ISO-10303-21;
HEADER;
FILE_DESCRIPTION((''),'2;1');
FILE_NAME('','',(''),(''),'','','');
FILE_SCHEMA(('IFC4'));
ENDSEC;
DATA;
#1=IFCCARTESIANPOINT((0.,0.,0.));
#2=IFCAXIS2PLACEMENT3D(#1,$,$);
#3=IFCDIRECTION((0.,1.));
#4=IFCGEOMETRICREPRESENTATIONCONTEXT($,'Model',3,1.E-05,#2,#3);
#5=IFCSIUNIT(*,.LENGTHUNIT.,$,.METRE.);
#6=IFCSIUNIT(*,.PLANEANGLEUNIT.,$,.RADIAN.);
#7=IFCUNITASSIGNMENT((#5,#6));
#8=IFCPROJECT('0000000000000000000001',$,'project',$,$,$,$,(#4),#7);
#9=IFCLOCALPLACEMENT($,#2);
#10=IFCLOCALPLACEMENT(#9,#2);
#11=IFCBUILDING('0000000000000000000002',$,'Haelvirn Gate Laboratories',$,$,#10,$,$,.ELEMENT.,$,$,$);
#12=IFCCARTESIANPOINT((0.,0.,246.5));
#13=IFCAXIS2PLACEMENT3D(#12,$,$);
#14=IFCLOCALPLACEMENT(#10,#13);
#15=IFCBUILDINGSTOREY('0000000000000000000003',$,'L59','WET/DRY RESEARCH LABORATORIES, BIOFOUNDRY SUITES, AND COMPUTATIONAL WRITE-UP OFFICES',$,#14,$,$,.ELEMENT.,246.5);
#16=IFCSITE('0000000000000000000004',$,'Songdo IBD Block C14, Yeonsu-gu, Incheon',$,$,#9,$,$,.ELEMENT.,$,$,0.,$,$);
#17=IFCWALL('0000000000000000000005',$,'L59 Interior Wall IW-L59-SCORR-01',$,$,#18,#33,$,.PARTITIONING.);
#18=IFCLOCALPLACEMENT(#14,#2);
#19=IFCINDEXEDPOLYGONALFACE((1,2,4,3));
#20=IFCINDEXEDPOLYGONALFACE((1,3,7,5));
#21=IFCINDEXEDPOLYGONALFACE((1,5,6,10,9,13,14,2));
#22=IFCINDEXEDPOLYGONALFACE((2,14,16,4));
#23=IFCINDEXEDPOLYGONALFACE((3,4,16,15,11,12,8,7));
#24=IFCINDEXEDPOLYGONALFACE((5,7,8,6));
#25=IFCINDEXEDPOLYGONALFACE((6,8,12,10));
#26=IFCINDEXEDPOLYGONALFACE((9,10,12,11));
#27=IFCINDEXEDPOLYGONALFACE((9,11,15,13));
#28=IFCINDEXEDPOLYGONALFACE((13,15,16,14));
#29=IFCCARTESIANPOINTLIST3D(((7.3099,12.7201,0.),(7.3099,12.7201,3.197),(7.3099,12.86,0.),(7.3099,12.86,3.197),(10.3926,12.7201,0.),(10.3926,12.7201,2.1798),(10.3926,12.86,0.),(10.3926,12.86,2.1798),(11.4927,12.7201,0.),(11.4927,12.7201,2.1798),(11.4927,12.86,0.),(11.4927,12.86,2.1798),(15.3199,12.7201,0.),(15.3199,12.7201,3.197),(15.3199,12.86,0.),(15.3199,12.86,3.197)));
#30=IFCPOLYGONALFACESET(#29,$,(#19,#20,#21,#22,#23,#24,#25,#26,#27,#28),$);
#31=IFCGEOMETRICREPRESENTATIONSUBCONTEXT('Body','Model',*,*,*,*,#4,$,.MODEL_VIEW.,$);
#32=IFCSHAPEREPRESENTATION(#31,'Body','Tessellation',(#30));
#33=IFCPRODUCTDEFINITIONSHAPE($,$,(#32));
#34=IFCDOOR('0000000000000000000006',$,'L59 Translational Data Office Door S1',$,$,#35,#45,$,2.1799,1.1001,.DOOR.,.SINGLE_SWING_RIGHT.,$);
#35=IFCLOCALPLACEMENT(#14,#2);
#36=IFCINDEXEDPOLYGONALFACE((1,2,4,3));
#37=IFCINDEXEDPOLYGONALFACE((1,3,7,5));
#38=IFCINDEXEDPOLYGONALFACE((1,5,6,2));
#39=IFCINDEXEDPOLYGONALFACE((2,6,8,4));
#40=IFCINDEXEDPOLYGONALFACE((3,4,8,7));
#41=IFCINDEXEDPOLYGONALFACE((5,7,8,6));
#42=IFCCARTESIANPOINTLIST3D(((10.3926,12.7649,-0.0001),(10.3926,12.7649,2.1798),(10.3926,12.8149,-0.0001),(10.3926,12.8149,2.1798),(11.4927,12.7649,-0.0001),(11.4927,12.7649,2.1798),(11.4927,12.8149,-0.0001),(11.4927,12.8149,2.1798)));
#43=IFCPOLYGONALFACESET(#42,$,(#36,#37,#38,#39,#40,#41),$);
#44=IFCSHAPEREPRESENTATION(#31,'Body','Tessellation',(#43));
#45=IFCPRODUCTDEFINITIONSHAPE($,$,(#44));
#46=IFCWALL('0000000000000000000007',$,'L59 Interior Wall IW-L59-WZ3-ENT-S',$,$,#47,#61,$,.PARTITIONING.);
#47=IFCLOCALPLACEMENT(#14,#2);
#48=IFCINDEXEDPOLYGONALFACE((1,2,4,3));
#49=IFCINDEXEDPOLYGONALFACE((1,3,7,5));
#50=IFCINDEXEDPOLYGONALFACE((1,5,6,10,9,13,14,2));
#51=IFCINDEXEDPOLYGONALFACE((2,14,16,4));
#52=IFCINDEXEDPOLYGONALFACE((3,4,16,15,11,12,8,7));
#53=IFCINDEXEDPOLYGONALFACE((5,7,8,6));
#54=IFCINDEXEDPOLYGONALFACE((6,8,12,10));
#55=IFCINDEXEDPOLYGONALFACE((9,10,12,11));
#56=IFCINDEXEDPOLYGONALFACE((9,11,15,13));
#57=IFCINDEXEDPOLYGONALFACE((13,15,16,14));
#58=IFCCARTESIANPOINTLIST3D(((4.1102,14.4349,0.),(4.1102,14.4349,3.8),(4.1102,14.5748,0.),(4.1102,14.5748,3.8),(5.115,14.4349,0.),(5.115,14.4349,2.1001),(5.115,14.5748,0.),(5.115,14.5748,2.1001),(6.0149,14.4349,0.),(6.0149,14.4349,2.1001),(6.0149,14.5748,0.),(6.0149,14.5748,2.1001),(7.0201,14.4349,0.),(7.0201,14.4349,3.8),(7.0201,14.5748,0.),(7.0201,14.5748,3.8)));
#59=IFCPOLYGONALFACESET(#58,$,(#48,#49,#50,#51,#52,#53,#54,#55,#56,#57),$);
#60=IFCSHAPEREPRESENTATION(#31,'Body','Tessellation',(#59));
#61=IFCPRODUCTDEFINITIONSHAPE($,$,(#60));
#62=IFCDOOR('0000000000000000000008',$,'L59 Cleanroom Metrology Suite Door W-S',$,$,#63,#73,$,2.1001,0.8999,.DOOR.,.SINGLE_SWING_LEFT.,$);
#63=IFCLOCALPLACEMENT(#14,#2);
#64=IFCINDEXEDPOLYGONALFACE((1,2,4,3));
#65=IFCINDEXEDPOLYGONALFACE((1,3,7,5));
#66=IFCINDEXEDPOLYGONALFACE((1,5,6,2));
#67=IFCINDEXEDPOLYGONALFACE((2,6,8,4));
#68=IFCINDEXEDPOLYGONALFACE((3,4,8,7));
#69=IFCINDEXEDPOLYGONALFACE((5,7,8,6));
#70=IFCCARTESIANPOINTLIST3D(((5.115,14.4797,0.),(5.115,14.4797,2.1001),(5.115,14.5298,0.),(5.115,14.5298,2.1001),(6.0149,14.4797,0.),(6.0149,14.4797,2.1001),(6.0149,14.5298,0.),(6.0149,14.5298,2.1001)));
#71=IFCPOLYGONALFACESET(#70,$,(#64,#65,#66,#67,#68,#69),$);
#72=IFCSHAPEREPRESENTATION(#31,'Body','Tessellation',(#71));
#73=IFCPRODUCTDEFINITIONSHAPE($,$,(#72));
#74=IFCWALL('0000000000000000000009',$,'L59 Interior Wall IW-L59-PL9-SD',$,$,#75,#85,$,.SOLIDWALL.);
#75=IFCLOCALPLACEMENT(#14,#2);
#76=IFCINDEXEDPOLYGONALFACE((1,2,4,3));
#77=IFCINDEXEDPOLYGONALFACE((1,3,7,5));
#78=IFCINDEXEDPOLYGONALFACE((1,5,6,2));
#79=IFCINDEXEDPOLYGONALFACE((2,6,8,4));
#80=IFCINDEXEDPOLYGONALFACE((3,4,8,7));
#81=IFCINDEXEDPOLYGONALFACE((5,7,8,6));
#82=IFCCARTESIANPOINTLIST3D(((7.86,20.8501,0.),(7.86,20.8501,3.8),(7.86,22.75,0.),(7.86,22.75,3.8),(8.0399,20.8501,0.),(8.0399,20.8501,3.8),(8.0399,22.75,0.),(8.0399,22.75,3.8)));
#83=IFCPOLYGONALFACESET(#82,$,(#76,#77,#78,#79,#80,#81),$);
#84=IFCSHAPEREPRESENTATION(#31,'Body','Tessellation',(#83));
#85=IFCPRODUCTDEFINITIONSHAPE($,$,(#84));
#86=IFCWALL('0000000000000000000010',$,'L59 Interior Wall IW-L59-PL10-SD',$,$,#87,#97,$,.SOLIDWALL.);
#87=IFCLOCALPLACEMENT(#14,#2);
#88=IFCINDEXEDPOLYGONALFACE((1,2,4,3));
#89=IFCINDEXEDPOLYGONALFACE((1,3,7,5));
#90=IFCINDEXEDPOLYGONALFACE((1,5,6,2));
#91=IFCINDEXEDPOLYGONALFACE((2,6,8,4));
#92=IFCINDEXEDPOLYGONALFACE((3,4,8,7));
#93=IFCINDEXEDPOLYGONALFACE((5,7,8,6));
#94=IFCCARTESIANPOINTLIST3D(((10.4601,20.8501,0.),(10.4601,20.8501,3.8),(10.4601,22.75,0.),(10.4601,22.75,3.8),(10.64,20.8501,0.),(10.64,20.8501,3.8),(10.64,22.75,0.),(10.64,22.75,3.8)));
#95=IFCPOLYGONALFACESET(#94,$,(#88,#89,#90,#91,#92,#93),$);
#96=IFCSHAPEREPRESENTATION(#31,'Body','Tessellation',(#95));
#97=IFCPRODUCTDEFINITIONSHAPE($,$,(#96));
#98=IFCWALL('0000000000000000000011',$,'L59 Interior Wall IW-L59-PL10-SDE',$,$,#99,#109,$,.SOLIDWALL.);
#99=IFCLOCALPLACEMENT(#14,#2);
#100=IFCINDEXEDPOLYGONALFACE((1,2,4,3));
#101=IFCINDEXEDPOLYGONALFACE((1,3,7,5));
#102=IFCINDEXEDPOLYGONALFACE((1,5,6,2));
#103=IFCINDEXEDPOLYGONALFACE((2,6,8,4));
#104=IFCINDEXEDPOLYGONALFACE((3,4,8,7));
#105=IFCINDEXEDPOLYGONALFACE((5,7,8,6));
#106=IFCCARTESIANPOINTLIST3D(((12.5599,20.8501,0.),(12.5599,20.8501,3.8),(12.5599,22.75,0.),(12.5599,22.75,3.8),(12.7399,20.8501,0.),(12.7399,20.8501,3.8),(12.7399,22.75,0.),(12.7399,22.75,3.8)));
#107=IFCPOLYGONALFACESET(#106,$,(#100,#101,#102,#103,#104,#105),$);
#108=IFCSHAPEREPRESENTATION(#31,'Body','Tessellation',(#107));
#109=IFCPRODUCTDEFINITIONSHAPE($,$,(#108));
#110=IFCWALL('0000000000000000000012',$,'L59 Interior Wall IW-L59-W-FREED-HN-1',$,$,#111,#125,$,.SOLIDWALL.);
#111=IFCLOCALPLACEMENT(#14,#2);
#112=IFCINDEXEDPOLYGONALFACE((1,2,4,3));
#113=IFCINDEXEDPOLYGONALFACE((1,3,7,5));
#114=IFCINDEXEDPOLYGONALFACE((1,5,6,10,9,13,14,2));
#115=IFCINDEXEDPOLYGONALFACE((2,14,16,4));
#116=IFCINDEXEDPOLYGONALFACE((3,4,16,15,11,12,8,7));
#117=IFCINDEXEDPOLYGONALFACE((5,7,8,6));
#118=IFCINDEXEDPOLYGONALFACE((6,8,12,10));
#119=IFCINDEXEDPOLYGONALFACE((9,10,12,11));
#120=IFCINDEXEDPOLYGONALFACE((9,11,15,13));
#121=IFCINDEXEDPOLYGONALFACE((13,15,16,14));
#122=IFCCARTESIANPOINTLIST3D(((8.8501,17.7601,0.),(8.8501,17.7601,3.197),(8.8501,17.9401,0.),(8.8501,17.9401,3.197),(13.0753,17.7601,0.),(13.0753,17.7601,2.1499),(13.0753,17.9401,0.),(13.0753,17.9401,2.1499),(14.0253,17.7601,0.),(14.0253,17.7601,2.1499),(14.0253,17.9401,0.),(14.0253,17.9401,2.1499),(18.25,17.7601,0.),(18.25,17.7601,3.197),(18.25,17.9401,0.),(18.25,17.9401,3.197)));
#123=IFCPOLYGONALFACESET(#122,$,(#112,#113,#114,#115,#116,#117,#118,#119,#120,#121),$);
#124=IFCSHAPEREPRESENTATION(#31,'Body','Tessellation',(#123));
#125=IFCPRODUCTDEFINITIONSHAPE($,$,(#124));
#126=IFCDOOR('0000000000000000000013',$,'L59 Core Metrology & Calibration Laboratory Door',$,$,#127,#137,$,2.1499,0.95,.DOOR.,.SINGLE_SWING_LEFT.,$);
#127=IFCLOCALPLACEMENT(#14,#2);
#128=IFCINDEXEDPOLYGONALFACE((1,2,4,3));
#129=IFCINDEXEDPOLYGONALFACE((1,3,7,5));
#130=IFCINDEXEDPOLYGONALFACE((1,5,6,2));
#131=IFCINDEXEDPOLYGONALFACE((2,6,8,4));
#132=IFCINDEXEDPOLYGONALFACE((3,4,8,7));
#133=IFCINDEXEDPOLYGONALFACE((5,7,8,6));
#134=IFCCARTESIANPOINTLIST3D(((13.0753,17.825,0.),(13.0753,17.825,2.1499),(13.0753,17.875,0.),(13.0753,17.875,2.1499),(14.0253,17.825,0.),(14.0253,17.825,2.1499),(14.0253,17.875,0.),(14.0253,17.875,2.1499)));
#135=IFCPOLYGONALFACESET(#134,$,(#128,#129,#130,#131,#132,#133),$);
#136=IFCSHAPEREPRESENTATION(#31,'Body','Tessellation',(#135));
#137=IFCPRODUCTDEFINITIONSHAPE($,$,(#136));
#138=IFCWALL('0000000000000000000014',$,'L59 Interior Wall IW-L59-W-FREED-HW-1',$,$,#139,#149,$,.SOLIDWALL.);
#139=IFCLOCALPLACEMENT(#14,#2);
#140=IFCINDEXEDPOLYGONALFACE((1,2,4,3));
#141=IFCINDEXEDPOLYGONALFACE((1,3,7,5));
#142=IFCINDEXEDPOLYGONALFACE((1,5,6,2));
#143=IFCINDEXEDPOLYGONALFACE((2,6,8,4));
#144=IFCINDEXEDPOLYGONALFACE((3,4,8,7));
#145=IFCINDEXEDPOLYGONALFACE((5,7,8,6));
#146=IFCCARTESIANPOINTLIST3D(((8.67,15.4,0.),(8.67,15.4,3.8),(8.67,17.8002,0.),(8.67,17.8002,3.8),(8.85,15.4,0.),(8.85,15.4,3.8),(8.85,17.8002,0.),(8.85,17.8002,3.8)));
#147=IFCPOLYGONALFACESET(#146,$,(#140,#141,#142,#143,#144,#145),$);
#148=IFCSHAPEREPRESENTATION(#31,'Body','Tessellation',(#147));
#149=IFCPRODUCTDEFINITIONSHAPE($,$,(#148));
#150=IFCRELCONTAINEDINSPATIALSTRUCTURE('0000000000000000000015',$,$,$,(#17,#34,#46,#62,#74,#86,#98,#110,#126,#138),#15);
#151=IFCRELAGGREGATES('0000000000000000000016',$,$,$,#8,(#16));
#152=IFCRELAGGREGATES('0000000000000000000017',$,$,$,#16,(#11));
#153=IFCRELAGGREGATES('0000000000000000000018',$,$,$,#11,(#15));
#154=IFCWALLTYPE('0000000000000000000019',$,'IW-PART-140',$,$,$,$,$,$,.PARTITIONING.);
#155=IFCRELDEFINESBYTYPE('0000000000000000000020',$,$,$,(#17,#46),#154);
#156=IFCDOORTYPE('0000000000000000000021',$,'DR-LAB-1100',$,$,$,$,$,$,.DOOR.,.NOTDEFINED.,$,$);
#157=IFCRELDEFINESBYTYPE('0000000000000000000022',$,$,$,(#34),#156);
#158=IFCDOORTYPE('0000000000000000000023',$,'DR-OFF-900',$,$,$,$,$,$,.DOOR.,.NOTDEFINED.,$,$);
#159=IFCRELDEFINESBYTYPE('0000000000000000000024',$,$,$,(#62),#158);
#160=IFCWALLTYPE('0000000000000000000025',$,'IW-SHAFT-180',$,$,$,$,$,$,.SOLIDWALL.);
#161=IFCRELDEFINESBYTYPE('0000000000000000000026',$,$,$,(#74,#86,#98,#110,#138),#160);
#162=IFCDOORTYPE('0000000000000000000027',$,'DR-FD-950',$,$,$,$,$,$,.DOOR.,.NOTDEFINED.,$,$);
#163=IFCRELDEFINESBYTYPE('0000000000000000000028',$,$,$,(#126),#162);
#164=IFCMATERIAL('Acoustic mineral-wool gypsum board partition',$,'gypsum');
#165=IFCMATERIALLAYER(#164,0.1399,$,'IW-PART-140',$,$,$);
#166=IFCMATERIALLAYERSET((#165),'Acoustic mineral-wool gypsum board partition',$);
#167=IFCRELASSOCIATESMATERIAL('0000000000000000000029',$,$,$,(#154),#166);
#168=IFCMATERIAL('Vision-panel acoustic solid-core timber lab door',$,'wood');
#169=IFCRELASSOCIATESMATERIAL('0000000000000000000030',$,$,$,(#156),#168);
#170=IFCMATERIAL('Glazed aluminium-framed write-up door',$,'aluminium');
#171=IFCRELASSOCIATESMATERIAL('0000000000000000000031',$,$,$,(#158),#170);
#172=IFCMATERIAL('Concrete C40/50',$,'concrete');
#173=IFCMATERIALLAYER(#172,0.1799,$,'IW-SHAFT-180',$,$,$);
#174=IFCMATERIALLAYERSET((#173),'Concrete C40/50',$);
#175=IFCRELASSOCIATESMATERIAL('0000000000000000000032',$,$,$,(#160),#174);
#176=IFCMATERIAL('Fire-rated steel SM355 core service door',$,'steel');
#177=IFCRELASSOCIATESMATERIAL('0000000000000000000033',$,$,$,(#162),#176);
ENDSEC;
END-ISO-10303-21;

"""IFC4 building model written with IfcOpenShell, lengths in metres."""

from ifc_helpers import new_model, si_unit, direction, frame, frame_2d, origin, place, context, subcontext, project, spatial, rectangle, extrude, source, transform, mapped, material, layer, layer_set, type_object, type_shapes, element, fill, save


model = new_model("IFC4")

# Units and contexts
model_context = context("Model", 3, precision=1e-05, world=origin(), true_north=direction((0.0, 1.0)))
body_context = subcontext(model_context, "Body", "Model", "MODEL_VIEW")
ifc_project = project(units=[si_unit("LENGTHUNIT", "METRE"), si_unit("PLANEANGLEUNIT", "RADIAN")], contexts=[model_context])

# Site, building, storey
site_placement = place(None, origin())
site = spatial("IfcSite", under=ifc_project, at=site_placement, Name="Songdo IBD Block C14, Yeonsu-gu, Incheon", CompositionType="ELEMENT", RefElevation=0.0)
building_placement = place(site_placement, origin())
building = spatial("IfcBuilding", under=site, at=building_placement, Name="Haelvirn Gate Laboratories", CompositionType="ELEMENT")
storey_placement = place(building_placement, frame((0.0, 0.0, 246.5)))
storey = spatial("IfcBuildingStorey", under=building, at=storey_placement, Name="L59", Description="WET/DRY RESEARCH LABORATORIES, BIOFOUNDRY SUITES, AND COMPUTATIONAL WRITE-UP OFFICES", CompositionType="ELEMENT", Elevation=246.5)

# Walls, openings, doors
ifc_material_1 = material(Name="Acoustic mineral-wool gypsum board partition", Category="gypsum")
ifc_layer_1 = layer(ifc_material_1, 0.1399, Name="IW-PART-140")
ifc_layer_set_1 = layer_set([ifc_layer_1], Name="Acoustic mineral-wool gypsum board partition")
wall_type_1 = type_object("IfcWallType", Name="IW-PART-140", PredefinedType="PARTITIONING", material=ifc_layer_set_1)
wall_1_placement = place(storey_placement, frame((7.3101, 12.79, 0.0), z_axis=(0.0, 0.0, 1.0), x_axis=(1.0, 0.0, 0.0)))
wall_1 = element("IfcWall", 1, at=wall_1_placement, inside=storey, type_object=wall_type_1, Name="L59 Interior Wall IW-L59-SCORR-01", PredefinedType="PARTITIONING", context=body_context, shape_type="SweptSolid", body=[
    extrude(rectangle(XDim=8.01, YDim=0.1399, at=frame_2d((4.0049, 0.0))), origin(), (0.0, 0.0, 1.0), 3.197),
])
opening_1_placement = place(wall_1_placement, frame((3.0825, 0.0, 0.0)))
opening_1 = element("IfcOpeningElement", 2, at=opening_1_placement, cuts=wall_1, PredefinedType="OPENING", context=body_context, shape_type="SweptSolid", body=[
    extrude(rectangle(XDim=1.1001, YDim=2.1799, at=frame_2d((0.55, 1.0898))), frame((0.0, 0.0801, 0.0), z_axis=(0.0, -1.0, 0.0), x_axis=(1.0, 0.0, 0.0)), (0.0, 0.0, 1.0), 0.1599),
])
ifc_material_2 = material(Name="Vision-panel acoustic solid-core timber lab door", Category="wood")
door_type_1 = type_object("IfcDoorType", Name="DR-LAB-1100", OperationType="NOTDEFINED", PredefinedType="DOOR", material=ifc_material_2)
shared_shape_1 = source(origin(), body_context, "Body", "SweptSolid", [
    extrude(rectangle(XDim=1.1001, YDim=2.1799, at=frame_2d((0.55, 1.0898))), frame((0.0, 0.0249, 0.0), z_axis=(0.0, -1.0, 0.0), x_axis=(1.0, 0.0, 0.0)), (0.0, 0.0, 1.0), 0.05),
])
type_shapes(door_type_1, [shared_shape_1])
door_1_placement = place(opening_1_placement, origin())
door_1 = element("IfcDoor", 3, at=door_1_placement, inside=storey, type_object=door_type_1, Name="L59 Translational Data Office Door S1", OperationType="SINGLE_SWING_RIGHT", OverallHeight=2.1799, OverallWidth=1.1001, PredefinedType="DOOR", context=body_context, shape_type="MappedRepresentation", body=[
    mapped(shared_shape_1, transform((0.0, 0.0, 0.0), scale=1.0)),
])
fill(opening_1, door_1)
wall_2_placement = place(storey_placement, frame((4.1101, 14.5049, 0.0), z_axis=(0.0, 0.0, 1.0), x_axis=(1.0, 0.0, 0.0)))
wall_2 = element("IfcWall", 4, at=wall_2_placement, inside=storey, type_object=wall_type_1, Name="L59 Interior Wall IW-L59-WZ3-ENT-S", PredefinedType="PARTITIONING", context=body_context, shape_type="SweptSolid", body=[
    extrude(rectangle(XDim=2.9099, YDim=0.1399, at=frame_2d((1.4551, 0.0))), origin(), (0.0, 0.0, 1.0), 3.8),
])
opening_2_placement = place(wall_2_placement, frame((1.0049, 0.0, 0.0)))
opening_2 = element("IfcOpeningElement", 5, at=opening_2_placement, cuts=wall_2, PredefinedType="OPENING", context=body_context, shape_type="SweptSolid", body=[
    extrude(rectangle(XDim=0.8999, YDim=2.1001, at=frame_2d((0.45, 1.05))), frame((0.0, 0.0801, 0.0), z_axis=(0.0, -1.0, 0.0), x_axis=(1.0, 0.0, 0.0)), (0.0, 0.0, 1.0), 0.1599),
])
ifc_material_3 = material(Name="Glazed aluminium-framed write-up door", Category="aluminium")
door_type_2 = type_object("IfcDoorType", Name="DR-OFF-900", OperationType="NOTDEFINED", PredefinedType="DOOR", material=ifc_material_3)
shared_shape_2 = source(origin(), body_context, "Body", "SweptSolid", [
    extrude(rectangle(XDim=0.8999, YDim=2.1001, at=frame_2d((0.45, 1.05))), frame((0.0, 0.0249, 0.0), z_axis=(0.0, -1.0, 0.0), x_axis=(1.0, 0.0, 0.0)), (0.0, 0.0, 1.0), 0.05),
])
type_shapes(door_type_2, [shared_shape_2])
door_2_placement = place(opening_2_placement, origin())
door_2 = element("IfcDoor", 6, at=door_2_placement, inside=storey, type_object=door_type_2, Name="L59 Cleanroom Metrology Suite Door W-S", OperationType="SINGLE_SWING_LEFT", OverallHeight=2.1001, OverallWidth=0.8999, PredefinedType="DOOR", context=body_context, shape_type="MappedRepresentation", body=[
    mapped(shared_shape_2, transform((0.0, 0.0, 0.0), scale=1.0)),
])
fill(opening_2, door_2)

# Walls
ifc_material_4 = material(Name="Concrete C40/50", Category="concrete")
ifc_layer_2 = layer(ifc_material_4, 0.1799, Name="IW-SHAFT-180")
ifc_layer_set_2 = layer_set([ifc_layer_2], Name="Concrete C40/50")
wall_type_2 = type_object("IfcWallType", Name="IW-SHAFT-180", PredefinedType="SOLIDWALL", material=ifc_layer_set_2)
for number, where, z_axis, x_axis, name in (
    (7, (7.95, 20.8501, 0.0), (0.0, 0.0, 1.0), (0.0, 1.0, 0.0), "L59 Interior Wall IW-L59-PL9-SD"),
    (8, (10.55, 20.8501, 0.0), (0.0, 0.0, 1.0), (0.0, 1.0, 0.0), "L59 Interior Wall IW-L59-PL10-SD"),
    (9, (12.6499, 20.8501, 0.0), (0.0, 0.0, 1.0), (0.0, 1.0, 0.0), "L59 Interior Wall IW-L59-PL10-SDE"),
):
    element("IfcWall", number, at=place(storey_placement, frame(where, z_axis=z_axis, x_axis=x_axis)), inside=storey, type_object=wall_type_2, Name=name, PredefinedType="SOLIDWALL", context=body_context, shape_type="SweptSolid", body=[
        extrude(rectangle(XDim=1.8999, YDim=0.1799, at=frame_2d((0.95, 0.0))), origin(), (0.0, 0.0, 1.0), 3.8),
    ])

# Wall, opening, door
wall_3_placement = place(storey_placement, frame((8.8501, 17.8501, 0.0), z_axis=(0.0, 0.0, 1.0), x_axis=(1.0, 0.0, 0.0)))
wall_3 = element("IfcWall", 10, at=wall_3_placement, inside=storey, type_object=wall_type_2, Name="L59 Interior Wall IW-L59-W-FREED-HN-1", PredefinedType="SOLIDWALL", context=body_context, shape_type="SweptSolid", body=[
    extrude(rectangle(XDim=9.3999, YDim=0.1799, at=frame_2d((4.7, 0.0))), origin(), (0.0, 0.0, 1.0), 3.197),
])
opening_3_placement = place(wall_3_placement, frame((4.2251, 0.0, 0.0)))
opening_3 = element("IfcOpeningElement", 11, at=opening_3_placement, cuts=wall_3, PredefinedType="OPENING", context=body_context, shape_type="SweptSolid", body=[
    extrude(rectangle(XDim=0.95, YDim=2.1499, at=frame_2d((0.4751, 1.075))), frame((0.0, 0.1001, 0.0), z_axis=(0.0, -1.0, 0.0), x_axis=(1.0, 0.0, 0.0)), (0.0, 0.0, 1.0), 0.2),
])
ifc_material_5 = material(Name="Fire-rated steel SM355 core service door", Category="steel")
door_type_3 = type_object("IfcDoorType", Name="DR-FD-950", OperationType="NOTDEFINED", PredefinedType="DOOR", material=ifc_material_5)
shared_shape_3 = source(origin(), body_context, "Body", "SweptSolid", [
    extrude(rectangle(XDim=0.95, YDim=2.1499, at=frame_2d((0.4751, 1.075))), frame((0.0, 0.0249, 0.0), z_axis=(0.0, -1.0, 0.0), x_axis=(1.0, 0.0, 0.0)), (0.0, 0.0, 1.0), 0.05),
])
type_shapes(door_type_3, [shared_shape_3])
door_3_placement = place(opening_3_placement, origin())
door_3 = element("IfcDoor", 12, at=door_3_placement, inside=storey, type_object=door_type_3, Name="L59 Core Metrology & Calibration Laboratory Door", OperationType="SINGLE_SWING_LEFT", OverallHeight=2.1499, OverallWidth=0.95, PredefinedType="DOOR", context=body_context, shape_type="MappedRepresentation", body=[
    mapped(shared_shape_3, transform((0.0, 0.0, 0.0), scale=1.0)),
])
fill(opening_3, door_3)

# Wall
wall_4_placement = place(storey_placement, frame((8.76, 15.3999, 0.0), z_axis=(0.0, 0.0, 1.0), x_axis=(0.0, 1.0, 0.0)))
element("IfcWall", 13, at=wall_4_placement, inside=storey, type_object=wall_type_2, Name="L59 Interior Wall IW-L59-W-FREED-HW-1", PredefinedType="SOLIDWALL", context=body_context, shape_type="SweptSolid", body=[
    extrude(rectangle(XDim=2.4001, YDim=0.1799, at=frame_2d((1.2002, 0.0))), origin(), (0.0, 0.0, 1.0), 3.8),
])

save(model, "model.ifc")
